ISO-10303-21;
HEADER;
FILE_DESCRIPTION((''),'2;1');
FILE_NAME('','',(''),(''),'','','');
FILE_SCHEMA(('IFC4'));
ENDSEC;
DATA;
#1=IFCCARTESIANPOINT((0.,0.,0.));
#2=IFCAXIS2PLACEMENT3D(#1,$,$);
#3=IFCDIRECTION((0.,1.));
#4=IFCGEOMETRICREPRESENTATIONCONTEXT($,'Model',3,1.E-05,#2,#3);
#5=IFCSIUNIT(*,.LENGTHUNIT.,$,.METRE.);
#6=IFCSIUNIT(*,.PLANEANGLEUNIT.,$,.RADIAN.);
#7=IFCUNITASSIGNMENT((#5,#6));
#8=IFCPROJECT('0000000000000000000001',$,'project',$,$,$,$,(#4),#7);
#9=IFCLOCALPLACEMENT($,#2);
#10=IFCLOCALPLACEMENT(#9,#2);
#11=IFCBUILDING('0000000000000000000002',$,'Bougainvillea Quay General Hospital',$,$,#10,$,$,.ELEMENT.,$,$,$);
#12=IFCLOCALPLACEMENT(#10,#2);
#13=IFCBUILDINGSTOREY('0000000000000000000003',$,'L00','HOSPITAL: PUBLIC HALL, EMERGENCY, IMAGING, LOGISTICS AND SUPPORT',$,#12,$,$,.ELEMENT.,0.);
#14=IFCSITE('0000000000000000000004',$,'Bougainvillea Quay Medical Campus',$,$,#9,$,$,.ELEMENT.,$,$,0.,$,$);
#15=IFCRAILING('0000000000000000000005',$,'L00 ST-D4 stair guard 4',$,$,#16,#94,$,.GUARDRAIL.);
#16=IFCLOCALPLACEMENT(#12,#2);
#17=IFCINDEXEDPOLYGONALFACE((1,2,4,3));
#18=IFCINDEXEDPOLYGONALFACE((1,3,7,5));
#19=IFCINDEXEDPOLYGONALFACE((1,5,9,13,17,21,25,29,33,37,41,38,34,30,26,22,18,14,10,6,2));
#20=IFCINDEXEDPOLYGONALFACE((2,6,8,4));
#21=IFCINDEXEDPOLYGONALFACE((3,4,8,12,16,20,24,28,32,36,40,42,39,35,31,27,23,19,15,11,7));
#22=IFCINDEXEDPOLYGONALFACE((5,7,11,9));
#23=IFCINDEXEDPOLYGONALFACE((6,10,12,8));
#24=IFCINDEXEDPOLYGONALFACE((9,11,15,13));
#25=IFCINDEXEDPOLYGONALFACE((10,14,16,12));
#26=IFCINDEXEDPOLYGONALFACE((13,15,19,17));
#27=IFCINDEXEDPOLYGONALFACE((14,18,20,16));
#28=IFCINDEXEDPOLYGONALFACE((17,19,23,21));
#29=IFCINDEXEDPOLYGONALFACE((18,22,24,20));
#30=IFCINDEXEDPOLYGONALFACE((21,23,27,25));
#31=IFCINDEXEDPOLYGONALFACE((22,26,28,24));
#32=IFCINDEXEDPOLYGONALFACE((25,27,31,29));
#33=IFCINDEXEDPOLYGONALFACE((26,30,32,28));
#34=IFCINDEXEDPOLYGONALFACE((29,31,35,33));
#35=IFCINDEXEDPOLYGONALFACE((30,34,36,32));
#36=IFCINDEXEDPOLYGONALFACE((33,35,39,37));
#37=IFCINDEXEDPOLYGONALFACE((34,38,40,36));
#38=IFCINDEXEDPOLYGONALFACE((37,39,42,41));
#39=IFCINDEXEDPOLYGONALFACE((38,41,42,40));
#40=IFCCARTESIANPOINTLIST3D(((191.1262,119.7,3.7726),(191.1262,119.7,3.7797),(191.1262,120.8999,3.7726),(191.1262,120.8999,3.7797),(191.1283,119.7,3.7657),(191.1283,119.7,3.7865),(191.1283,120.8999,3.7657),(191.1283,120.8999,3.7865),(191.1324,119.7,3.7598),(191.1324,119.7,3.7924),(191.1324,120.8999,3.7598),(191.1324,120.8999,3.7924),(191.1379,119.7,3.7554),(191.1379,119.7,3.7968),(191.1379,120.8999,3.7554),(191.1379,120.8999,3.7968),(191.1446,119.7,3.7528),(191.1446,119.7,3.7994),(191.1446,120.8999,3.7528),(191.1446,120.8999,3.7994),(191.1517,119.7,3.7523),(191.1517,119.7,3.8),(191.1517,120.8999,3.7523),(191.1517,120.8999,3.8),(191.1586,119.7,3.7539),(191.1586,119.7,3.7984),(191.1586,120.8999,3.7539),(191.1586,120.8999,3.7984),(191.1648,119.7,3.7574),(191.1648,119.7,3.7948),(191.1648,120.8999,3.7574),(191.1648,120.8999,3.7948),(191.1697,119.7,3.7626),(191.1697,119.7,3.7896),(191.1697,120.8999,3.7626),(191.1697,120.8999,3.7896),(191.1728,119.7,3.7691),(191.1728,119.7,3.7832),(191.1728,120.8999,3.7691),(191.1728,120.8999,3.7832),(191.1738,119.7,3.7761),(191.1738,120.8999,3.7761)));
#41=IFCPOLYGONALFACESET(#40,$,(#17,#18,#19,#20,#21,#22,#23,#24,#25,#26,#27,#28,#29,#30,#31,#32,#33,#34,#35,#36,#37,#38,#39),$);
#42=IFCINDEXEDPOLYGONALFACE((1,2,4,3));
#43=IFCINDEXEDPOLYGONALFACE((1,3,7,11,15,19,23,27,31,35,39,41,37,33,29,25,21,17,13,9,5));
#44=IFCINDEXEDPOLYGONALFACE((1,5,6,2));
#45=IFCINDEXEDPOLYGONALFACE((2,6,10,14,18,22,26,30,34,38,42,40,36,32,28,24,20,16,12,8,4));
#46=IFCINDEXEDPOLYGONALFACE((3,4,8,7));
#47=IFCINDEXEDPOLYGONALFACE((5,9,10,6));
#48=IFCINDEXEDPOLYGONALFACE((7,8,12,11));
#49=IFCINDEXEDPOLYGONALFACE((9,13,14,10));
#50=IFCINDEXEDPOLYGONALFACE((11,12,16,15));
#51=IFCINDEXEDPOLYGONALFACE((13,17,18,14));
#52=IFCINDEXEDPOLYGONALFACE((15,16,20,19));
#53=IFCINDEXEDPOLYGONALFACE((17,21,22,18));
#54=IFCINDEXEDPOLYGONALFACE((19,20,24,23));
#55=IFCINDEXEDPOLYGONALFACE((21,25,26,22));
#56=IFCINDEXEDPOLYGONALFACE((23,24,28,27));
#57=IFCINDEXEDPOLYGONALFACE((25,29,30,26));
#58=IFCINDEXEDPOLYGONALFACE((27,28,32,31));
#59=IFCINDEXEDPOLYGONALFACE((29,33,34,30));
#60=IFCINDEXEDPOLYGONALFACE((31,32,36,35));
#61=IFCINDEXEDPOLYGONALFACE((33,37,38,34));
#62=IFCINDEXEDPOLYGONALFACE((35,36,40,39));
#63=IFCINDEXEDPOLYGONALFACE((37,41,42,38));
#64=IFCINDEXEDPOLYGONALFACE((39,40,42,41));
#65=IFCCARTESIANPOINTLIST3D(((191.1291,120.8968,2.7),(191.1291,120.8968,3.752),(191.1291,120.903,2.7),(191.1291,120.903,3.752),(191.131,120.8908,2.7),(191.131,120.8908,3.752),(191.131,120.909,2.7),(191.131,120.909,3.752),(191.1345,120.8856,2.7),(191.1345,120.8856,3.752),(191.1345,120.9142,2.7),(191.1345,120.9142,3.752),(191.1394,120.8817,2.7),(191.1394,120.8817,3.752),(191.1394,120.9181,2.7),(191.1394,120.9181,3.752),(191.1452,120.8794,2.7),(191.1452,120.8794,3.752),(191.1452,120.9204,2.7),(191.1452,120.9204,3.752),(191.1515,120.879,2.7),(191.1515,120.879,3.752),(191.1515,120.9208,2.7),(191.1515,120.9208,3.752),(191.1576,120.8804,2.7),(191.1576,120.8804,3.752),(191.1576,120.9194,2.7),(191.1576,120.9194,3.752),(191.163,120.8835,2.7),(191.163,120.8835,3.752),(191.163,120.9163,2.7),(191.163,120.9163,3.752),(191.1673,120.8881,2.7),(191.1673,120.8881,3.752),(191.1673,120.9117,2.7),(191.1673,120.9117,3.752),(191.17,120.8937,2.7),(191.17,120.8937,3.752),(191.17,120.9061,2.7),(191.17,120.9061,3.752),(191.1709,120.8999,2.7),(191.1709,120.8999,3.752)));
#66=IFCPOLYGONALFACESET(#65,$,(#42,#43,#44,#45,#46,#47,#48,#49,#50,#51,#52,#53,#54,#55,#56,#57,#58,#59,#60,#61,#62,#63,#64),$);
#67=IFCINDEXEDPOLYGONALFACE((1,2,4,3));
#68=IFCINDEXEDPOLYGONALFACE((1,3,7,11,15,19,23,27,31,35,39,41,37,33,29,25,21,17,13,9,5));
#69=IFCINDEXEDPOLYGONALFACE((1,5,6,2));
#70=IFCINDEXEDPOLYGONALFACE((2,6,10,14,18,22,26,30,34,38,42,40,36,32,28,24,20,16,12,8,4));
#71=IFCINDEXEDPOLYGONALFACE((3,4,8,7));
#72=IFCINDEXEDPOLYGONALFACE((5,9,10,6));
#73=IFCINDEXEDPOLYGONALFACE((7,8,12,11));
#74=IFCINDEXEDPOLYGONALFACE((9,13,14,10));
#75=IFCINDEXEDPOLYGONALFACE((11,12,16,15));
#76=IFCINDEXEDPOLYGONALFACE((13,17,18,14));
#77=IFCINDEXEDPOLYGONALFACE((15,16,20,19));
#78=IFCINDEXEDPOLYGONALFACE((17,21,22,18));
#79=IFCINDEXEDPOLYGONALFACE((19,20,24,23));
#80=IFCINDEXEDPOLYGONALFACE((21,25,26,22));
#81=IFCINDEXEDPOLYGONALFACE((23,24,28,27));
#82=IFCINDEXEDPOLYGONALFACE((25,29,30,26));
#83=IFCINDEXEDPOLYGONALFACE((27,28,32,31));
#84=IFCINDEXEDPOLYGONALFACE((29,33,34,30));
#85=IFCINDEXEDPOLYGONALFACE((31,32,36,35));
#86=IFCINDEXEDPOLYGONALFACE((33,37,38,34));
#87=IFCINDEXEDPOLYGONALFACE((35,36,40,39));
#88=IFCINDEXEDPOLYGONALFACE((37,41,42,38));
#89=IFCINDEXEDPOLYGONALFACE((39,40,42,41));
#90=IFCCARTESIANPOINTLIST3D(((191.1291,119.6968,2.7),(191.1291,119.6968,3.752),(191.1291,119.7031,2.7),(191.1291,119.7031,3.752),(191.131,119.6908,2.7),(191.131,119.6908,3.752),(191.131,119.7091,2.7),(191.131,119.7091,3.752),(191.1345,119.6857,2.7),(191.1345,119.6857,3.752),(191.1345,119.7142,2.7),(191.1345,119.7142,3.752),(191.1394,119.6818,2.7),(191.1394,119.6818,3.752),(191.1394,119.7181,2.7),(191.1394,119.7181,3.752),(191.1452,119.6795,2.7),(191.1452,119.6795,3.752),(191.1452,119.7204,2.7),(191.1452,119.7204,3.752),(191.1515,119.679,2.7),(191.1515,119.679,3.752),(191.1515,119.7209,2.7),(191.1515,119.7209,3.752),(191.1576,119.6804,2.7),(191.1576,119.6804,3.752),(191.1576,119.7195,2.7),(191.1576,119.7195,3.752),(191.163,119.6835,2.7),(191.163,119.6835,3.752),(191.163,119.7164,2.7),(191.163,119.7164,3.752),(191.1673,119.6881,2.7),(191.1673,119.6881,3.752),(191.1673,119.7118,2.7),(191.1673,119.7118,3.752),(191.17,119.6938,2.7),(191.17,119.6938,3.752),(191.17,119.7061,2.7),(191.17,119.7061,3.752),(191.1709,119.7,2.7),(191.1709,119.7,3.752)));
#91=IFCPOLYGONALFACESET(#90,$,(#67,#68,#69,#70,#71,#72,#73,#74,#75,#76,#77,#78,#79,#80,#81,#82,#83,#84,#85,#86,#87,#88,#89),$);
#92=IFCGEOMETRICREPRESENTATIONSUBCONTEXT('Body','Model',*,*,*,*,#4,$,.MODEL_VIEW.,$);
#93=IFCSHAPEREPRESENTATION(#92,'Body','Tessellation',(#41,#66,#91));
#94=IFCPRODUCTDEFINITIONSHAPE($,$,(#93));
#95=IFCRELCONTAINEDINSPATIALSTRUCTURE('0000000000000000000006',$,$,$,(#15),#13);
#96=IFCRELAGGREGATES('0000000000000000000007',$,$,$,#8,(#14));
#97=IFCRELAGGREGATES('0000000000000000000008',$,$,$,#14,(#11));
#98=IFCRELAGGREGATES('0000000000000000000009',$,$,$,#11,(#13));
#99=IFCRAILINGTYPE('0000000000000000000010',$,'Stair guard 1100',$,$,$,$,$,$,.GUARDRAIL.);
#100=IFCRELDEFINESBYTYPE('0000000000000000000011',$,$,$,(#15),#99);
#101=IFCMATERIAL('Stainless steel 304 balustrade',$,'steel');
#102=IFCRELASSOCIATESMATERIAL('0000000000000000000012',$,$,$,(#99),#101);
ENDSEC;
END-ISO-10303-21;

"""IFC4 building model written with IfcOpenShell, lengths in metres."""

from ifc_helpers import new_model, si_unit, direction, frame, origin, origin_2d, place, context, subcontext, project, spatial, circle, extrude, material, type_object, element, save


model = new_model("IFC4")

# Units and contexts
model_context = context("Model", 3, precision=1e-05, world=origin(), true_north=direction((0.0, 1.0)))
body_context = subcontext(model_context, "Body", "Model", "MODEL_VIEW")
ifc_project = project(units=[si_unit("LENGTHUNIT", "METRE"), si_unit("PLANEANGLEUNIT", "RADIAN")], contexts=[model_context])

# Site, building, storey
site_placement = place(None, origin())
site = spatial("IfcSite", under=ifc_project, at=site_placement, Name="Bougainvillea Quay Medical Campus", CompositionType="ELEMENT", RefElevation=0.0)
building_placement = place(site_placement, origin())
building = spatial("IfcBuilding", under=site, at=building_placement, Name="Bougainvillea Quay General Hospital", CompositionType="ELEMENT")
storey_placement = place(building_placement, origin())
storey = spatial("IfcBuildingStorey", under=building, at=storey_placement, Name="L00", Description="HOSPITAL: PUBLIC HALL, EMERGENCY, IMAGING, LOGISTICS AND SUPPORT", CompositionType="ELEMENT", Elevation=0.0)

# Railing
ifc_material_1 = material(Name="Stainless steel 304 balustrade", Category="steel")
railing_type_1 = type_object("IfcRailingType", Name="Stair guard 1100", PredefinedType="GUARDRAIL", material=ifc_material_1)
railing_1_placement = place(storey_placement, frame((191.1499, 120.8999, 2.7)))
element("IfcRailing", 1, at=railing_1_placement, inside=storey, type_object=railing_type_1, Name="L00 ST-D4 stair guard 4", PredefinedType="GUARDRAIL", context=body_context, shape_type="SweptSolid", body=[
    extrude(circle(Radius=0.0239, at=origin_2d()), frame((0.0, 0.0, 1.0762), z_axis=(0.0, -1.0, 0.0), x_axis=(1.0, 0.0, 0.0)), (0.0, 0.0, 1.0), 1.2),
    extrude(circle(Radius=0.021, at=origin_2d()), origin(), (0.0, 0.0, 1.0), 1.052),
    extrude(circle(Radius=0.021, at=origin_2d()), frame((0.0, -1.2, 0.0)), (0.0, 0.0, 1.0), 1.052),
])

save(model, "model.ifc")
